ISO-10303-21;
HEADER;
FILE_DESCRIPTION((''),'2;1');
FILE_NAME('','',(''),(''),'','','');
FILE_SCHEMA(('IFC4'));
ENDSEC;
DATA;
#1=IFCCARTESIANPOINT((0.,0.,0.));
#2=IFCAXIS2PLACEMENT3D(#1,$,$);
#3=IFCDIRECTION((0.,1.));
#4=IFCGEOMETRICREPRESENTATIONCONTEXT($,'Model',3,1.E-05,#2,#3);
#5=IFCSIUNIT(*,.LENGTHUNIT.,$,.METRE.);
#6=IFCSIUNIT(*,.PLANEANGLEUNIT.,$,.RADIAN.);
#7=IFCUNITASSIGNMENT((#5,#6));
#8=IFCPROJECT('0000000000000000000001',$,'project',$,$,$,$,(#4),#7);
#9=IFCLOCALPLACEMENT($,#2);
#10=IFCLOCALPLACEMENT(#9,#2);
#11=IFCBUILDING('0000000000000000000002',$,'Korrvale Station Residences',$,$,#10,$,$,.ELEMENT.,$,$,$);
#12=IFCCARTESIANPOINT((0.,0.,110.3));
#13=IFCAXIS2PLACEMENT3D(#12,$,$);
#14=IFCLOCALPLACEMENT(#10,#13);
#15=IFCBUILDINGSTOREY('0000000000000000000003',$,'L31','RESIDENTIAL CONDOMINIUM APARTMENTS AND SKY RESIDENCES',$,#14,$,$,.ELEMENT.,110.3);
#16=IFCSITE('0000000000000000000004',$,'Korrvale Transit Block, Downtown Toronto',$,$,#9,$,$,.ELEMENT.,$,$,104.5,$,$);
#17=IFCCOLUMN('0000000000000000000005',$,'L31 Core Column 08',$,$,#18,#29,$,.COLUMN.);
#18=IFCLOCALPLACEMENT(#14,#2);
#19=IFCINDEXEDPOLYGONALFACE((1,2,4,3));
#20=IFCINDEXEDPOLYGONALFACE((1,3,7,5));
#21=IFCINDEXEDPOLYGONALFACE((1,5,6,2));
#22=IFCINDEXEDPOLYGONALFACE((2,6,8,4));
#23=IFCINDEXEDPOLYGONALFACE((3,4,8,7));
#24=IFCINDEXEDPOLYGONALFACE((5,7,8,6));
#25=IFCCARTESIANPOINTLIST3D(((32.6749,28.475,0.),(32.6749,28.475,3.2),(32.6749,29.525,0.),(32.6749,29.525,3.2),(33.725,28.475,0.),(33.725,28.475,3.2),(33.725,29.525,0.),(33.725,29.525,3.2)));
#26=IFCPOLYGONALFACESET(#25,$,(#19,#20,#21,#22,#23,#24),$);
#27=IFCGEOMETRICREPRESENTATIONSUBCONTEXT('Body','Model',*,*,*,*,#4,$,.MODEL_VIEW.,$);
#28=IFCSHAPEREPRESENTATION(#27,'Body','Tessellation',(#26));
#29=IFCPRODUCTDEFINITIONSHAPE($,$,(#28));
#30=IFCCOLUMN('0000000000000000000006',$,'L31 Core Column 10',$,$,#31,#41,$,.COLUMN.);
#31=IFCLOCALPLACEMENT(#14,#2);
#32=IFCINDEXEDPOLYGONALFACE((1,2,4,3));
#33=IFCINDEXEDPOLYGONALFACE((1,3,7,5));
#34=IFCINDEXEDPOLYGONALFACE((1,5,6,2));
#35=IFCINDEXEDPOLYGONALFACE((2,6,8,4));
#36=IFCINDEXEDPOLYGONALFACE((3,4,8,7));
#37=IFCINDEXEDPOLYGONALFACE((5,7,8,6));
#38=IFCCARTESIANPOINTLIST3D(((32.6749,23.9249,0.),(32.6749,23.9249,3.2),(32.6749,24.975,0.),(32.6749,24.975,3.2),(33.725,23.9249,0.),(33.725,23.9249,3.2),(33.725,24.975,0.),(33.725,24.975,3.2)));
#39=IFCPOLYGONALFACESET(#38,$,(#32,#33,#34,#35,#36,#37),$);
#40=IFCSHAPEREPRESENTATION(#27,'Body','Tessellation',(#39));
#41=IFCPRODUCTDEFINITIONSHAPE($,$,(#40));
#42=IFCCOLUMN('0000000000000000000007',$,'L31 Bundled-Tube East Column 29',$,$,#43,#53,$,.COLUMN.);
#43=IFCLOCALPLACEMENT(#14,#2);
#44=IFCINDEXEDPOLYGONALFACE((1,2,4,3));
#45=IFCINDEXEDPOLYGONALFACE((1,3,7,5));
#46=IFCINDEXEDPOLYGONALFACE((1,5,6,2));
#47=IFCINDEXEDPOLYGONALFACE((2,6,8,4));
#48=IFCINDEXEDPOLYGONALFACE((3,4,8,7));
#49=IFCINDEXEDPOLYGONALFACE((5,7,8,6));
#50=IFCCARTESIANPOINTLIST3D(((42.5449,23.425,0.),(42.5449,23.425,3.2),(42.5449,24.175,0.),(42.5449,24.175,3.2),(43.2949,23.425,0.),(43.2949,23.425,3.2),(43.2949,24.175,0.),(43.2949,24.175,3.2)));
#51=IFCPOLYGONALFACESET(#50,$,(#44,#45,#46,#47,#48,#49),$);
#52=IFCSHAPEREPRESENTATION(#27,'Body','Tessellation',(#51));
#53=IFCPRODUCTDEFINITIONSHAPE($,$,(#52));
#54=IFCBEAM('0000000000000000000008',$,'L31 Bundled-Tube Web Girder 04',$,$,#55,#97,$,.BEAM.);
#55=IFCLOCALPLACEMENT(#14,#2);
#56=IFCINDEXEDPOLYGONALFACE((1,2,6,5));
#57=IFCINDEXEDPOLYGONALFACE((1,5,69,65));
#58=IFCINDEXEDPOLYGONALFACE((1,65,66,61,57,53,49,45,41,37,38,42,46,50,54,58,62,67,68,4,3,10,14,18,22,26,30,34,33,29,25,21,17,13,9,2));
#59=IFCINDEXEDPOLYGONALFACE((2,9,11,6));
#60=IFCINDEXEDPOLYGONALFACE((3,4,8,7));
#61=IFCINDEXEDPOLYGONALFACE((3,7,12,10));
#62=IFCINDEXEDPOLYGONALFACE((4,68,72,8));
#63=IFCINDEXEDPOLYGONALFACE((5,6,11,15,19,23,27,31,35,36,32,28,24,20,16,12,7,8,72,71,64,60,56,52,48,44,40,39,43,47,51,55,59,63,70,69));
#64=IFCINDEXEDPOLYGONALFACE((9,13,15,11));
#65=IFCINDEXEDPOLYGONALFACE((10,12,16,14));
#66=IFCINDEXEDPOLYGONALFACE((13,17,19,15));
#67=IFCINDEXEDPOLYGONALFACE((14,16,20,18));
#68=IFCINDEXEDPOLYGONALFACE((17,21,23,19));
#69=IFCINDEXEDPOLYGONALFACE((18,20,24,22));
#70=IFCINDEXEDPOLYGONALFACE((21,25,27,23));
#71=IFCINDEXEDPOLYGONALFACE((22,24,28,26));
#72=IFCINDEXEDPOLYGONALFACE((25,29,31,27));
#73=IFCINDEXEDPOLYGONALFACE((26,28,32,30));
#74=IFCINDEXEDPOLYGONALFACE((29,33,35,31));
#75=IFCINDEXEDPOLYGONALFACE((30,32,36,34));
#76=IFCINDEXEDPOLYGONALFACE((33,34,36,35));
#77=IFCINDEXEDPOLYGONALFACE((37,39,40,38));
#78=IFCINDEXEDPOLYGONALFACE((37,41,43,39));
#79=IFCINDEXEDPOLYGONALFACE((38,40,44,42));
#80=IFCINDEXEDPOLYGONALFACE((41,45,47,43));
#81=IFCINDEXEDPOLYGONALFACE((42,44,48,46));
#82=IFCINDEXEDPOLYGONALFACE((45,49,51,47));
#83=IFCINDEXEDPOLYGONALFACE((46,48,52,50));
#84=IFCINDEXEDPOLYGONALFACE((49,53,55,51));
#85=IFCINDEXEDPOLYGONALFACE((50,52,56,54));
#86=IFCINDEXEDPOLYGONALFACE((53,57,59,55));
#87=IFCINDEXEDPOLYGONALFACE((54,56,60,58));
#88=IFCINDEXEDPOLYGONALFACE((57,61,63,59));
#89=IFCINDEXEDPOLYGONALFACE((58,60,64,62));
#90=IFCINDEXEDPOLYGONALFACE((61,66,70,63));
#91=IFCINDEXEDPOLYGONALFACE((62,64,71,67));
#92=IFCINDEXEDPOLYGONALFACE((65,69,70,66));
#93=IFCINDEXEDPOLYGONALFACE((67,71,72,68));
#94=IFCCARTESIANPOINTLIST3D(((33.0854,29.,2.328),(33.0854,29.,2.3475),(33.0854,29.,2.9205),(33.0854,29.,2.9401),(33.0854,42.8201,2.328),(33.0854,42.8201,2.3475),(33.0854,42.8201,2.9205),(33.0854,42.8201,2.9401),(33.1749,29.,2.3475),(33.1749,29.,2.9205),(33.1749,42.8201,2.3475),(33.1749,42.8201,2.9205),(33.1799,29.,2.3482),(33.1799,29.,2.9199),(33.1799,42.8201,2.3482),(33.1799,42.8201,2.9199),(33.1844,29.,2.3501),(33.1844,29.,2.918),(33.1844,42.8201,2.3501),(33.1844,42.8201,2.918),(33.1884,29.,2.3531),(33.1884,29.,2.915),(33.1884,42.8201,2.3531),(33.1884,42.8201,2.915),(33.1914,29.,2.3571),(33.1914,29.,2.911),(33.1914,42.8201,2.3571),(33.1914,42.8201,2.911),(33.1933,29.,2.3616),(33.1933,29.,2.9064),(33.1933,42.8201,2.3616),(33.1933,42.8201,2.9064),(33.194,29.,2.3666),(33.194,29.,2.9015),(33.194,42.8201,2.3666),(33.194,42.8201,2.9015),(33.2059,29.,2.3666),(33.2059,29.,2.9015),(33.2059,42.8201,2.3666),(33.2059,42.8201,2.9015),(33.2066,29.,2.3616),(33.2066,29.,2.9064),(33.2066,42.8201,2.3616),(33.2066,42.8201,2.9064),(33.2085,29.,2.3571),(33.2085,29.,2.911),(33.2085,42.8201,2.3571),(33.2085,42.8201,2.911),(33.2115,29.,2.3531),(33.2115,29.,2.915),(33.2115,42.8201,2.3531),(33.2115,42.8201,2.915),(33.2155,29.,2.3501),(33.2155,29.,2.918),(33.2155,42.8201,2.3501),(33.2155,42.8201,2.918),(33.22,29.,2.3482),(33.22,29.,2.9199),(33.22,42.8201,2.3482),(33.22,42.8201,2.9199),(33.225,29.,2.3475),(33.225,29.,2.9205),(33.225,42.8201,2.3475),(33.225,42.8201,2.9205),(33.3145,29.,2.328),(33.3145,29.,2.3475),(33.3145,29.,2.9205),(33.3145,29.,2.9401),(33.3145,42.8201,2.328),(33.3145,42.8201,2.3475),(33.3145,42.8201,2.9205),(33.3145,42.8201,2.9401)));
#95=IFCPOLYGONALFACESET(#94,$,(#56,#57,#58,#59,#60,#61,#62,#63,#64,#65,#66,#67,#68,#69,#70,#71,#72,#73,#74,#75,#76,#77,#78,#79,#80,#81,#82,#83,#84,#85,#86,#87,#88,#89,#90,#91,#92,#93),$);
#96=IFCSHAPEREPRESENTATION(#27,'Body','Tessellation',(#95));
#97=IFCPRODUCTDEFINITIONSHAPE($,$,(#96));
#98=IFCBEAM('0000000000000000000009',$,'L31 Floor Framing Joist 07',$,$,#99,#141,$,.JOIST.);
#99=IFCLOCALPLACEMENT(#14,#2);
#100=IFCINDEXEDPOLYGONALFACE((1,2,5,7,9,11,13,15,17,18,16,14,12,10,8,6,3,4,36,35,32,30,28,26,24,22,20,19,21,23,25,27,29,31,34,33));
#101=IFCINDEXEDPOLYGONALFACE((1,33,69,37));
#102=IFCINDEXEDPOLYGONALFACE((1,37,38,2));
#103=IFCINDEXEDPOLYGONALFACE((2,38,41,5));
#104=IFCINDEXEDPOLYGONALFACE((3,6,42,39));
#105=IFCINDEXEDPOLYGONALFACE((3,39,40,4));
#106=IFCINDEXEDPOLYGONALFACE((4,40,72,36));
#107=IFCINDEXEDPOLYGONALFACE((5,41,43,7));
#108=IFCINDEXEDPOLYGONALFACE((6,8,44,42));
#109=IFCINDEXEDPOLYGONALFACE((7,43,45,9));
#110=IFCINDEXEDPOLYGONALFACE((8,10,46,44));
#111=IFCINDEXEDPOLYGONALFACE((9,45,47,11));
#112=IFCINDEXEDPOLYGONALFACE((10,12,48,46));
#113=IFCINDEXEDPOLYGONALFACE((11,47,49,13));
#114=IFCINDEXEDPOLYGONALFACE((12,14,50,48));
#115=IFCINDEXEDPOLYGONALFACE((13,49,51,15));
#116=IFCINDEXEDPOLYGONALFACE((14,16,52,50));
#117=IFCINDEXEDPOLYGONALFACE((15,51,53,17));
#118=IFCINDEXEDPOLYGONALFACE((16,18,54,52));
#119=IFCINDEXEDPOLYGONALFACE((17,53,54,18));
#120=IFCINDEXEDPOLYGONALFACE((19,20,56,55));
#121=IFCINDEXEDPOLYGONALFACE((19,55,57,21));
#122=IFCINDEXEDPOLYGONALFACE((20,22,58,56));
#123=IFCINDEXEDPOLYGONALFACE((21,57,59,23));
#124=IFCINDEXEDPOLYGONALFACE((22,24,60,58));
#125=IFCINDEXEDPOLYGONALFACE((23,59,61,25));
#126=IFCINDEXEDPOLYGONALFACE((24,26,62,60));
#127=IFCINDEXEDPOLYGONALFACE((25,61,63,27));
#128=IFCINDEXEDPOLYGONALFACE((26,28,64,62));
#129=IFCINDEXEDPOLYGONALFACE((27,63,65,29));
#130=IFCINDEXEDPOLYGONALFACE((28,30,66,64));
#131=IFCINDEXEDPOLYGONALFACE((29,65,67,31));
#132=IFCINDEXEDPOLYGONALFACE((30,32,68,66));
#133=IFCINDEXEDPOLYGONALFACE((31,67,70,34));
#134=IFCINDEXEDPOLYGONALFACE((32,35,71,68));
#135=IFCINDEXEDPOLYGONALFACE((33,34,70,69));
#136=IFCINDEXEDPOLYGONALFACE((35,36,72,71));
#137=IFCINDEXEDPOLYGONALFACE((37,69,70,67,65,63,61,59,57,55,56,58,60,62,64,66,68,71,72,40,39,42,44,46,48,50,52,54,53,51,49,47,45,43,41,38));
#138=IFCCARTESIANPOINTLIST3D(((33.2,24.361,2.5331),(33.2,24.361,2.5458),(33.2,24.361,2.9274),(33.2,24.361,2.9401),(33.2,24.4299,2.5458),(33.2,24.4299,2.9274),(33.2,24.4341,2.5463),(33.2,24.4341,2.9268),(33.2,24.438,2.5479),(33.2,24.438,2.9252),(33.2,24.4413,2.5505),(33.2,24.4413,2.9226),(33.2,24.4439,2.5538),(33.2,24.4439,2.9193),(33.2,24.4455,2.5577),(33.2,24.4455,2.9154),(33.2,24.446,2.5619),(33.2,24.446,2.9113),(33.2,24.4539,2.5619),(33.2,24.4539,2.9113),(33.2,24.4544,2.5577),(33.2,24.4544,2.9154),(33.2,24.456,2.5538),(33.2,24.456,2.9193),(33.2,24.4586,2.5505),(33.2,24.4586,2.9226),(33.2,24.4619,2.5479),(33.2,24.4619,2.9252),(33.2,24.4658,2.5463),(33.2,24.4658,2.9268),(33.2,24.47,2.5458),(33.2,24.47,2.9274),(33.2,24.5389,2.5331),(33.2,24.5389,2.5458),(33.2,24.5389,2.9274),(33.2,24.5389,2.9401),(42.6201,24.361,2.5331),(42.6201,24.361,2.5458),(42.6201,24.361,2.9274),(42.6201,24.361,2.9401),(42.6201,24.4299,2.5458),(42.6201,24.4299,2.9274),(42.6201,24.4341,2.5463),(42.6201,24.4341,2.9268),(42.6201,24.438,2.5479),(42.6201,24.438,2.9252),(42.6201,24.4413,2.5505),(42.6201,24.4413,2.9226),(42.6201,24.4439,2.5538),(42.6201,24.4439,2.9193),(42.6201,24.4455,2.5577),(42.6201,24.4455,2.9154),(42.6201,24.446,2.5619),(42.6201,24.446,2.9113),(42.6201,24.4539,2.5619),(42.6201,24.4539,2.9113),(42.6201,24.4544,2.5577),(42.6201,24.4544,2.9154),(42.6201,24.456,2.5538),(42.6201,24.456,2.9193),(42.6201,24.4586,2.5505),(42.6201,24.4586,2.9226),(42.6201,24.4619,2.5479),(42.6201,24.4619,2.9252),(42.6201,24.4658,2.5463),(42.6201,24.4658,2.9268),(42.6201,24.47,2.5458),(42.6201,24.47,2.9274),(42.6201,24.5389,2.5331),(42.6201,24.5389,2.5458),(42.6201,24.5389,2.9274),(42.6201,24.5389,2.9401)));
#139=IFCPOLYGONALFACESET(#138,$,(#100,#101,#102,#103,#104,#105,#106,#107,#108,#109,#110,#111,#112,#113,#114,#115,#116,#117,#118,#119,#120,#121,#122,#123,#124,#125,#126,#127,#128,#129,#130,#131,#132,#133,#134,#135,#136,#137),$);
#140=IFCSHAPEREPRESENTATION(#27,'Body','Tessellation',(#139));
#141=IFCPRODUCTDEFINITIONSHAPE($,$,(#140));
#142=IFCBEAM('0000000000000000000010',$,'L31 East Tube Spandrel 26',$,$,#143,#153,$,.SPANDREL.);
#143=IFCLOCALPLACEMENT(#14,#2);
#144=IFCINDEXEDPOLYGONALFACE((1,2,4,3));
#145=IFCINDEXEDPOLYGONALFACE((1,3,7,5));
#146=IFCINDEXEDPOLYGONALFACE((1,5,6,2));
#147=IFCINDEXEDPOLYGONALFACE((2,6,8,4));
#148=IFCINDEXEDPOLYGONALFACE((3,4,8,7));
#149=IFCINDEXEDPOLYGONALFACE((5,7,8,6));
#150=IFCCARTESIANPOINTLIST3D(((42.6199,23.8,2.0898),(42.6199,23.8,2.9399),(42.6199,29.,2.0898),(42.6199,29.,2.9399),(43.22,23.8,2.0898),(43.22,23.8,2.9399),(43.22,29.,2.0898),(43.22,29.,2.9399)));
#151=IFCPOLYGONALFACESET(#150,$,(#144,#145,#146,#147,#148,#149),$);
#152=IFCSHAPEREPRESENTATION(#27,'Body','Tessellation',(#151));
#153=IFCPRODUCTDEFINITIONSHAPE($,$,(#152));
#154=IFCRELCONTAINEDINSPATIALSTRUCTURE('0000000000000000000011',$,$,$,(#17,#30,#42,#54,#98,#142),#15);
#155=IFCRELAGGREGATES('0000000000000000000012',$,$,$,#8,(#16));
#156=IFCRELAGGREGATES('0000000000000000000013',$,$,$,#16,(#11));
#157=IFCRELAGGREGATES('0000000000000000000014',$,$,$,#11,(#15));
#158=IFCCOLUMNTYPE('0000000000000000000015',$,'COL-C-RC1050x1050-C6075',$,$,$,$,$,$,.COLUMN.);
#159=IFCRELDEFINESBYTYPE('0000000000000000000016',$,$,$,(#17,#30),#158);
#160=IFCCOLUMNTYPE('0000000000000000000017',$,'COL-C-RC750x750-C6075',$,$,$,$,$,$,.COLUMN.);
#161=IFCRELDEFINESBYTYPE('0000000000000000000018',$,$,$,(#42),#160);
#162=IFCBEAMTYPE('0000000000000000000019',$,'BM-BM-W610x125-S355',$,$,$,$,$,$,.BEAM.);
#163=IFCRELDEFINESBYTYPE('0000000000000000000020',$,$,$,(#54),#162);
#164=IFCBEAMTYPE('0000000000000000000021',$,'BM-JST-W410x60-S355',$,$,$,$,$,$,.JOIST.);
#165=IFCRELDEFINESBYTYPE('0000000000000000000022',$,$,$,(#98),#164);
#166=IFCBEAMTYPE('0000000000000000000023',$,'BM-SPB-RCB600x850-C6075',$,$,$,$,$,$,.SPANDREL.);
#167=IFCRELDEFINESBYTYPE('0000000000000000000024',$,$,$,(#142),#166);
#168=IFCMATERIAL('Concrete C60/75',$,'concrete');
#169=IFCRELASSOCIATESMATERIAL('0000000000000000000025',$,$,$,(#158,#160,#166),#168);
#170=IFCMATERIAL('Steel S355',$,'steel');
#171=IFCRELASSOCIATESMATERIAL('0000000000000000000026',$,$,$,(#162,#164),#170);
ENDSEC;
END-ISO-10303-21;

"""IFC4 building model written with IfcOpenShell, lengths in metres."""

from ifc_helpers import new_model, si_unit, direction, frame, origin, origin_2d, place, context, subcontext, project, spatial, rectangle, i_section, extrude, material, material_profile, profile_set, type_object, element, save


model = new_model("IFC4")

# Units and contexts
model_context = context("Model", 3, precision=1e-05, world=origin(), true_north=direction((0.0, 1.0)))
body_context = subcontext(model_context, "Body", "Model", "MODEL_VIEW")
ifc_project = project(units=[si_unit("LENGTHUNIT", "METRE"), si_unit("PLANEANGLEUNIT", "RADIAN")], contexts=[model_context])

# Site, building, storey
site_placement = place(None, origin())
site = spatial("IfcSite", under=ifc_project, at=site_placement, Name="Korrvale Transit Block, Downtown Toronto", CompositionType="ELEMENT", RefElevation=104.5)
building_placement = place(site_placement, origin())
building = spatial("IfcBuilding", under=site, at=building_placement, Name="Korrvale Station Residences", CompositionType="ELEMENT")
storey_placement = place(building_placement, frame((0.0, 0.0, 110.3)))
storey = spatial("IfcBuildingStorey", under=building, at=storey_placement, Name="L31", Description="RESIDENTIAL CONDOMINIUM APARTMENTS AND SKY RESIDENCES", CompositionType="ELEMENT", Elevation=110.3)

# Columns
ifc_material_1 = material(Name="Concrete C60/75", Category="concrete")
ifc_material_profile_1 = material_profile(ifc_material_1, rectangle(XDim=1.05, YDim=1.05, at=origin_2d()), Name="RC1050x1050")
ifc_profile_set_1 = profile_set([ifc_material_profile_1], Name="Concrete C60/75")
column_type_1 = type_object("IfcColumnType", Name="COL-C-RC1050x1050-C6075", PredefinedType="COLUMN", material=ifc_profile_set_1)
for number, where, z_axis, x_axis, name in (
    (1, (33.2, 29.0, 0.0), (0.0, 0.0, 1.0), (1.0, 0.0, 0.0), "L31 Core Column 08"),
    (2, (33.2, 24.45, 0.0), (0.0, 0.0, 1.0), (1.0, 0.0, 0.0), "L31 Core Column 10"),
):
    element("IfcColumn", number, at=place(storey_placement, frame(where, z_axis=z_axis, x_axis=x_axis)), inside=storey, type_object=column_type_1, Name=name, PredefinedType="COLUMN", context=body_context, shape_type="SweptSolid", body=[
        extrude(rectangle(XDim=1.05, YDim=1.05, at=origin_2d()), origin(), (0.0, 0.0, 1.0), 3.2),
    ])
ifc_material_profile_2 = material_profile(ifc_material_1, rectangle(XDim=0.75, YDim=0.75, at=origin_2d()), Name="RC750x750")
ifc_profile_set_2 = profile_set([ifc_material_profile_2], Name="Concrete C60/75")
column_type_2 = type_object("IfcColumnType", Name="COL-C-RC750x750-C6075", PredefinedType="COLUMN", material=ifc_profile_set_2)
column_placement = place(storey_placement, frame((42.9199, 23.8, 0.0), z_axis=(0.0, 0.0, 1.0), x_axis=(1.0, 0.0, 0.0)))
element("IfcColumn", 3, at=column_placement, inside=storey, type_object=column_type_2, Name="L31 Bundled-Tube East Column 29", PredefinedType="COLUMN", context=body_context, shape_type="SweptSolid", body=[
    extrude(rectangle(XDim=0.75, YDim=0.75, at=origin_2d()), origin(), (0.0, 0.0, 1.0), 3.2),
])

# Beams
ifc_material_2 = material(Name="Steel S355", Category="steel")
ifc_material_profile_3 = material_profile(ifc_material_2, i_section(OverallWidth=0.229, OverallDepth=0.6121, WebThickness=0.012, FlangeThickness=0.0195, FilletRadius=0.019, at=origin_2d()), Name="W610x125")
ifc_profile_set_3 = profile_set([ifc_material_profile_3], Name="Steel S355")
beam_type_1 = type_object("IfcBeamType", Name="BM-BM-W610x125-S355", PredefinedType="BEAM", material=ifc_profile_set_3)
beam_1_placement = place(storey_placement, frame((33.2, 29.0, 2.634), z_axis=(0.0, 1.0, 0.0), x_axis=(-1.0, 0.0, 0.0)))
element("IfcBeam", 4, at=beam_1_placement, inside=storey, type_object=beam_type_1, Name="L31 Bundled-Tube Web Girder 04", PredefinedType="BEAM", context=body_context, shape_type="SweptSolid", body=[
    extrude(i_section(OverallWidth=0.229, OverallDepth=0.6121, WebThickness=0.012, FlangeThickness=0.0195, FilletRadius=0.019, at=origin_2d()), origin(), (0.0, 0.0, 1.0), 13.8201),
])
ifc_material_profile_4 = material_profile(ifc_material_2, i_section(OverallWidth=0.178, OverallDepth=0.407, WebThickness=0.0078, FlangeThickness=0.0127, FilletRadius=0.0161, at=origin_2d()), Name="W410x60")
ifc_profile_set_4 = profile_set([ifc_material_profile_4], Name="Steel S355")
beam_type_2 = type_object("IfcBeamType", Name="BM-JST-W410x60-S355", PredefinedType="JOIST", material=ifc_profile_set_4)
beam_2_placement = place(storey_placement, frame((33.2, 24.45, 2.7366), z_axis=(1.0, 0.0, 0.0), x_axis=(0.0, 1.0, 0.0)))
element("IfcBeam", 5, at=beam_2_placement, inside=storey, type_object=beam_type_2, Name="L31 Floor Framing Joist 07", PredefinedType="JOIST", context=body_context, shape_type="SweptSolid", body=[
    extrude(i_section(OverallWidth=0.178, OverallDepth=0.407, WebThickness=0.0078, FlangeThickness=0.0127, FilletRadius=0.0161, at=origin_2d()), origin(), (0.0, 0.0, 1.0), 9.4202),
])
ifc_material_profile_5 = material_profile(ifc_material_1, rectangle(XDim=0.6001, YDim=0.8501, at=origin_2d()), Name="RCB600x850")
ifc_profile_set_5 = profile_set([ifc_material_profile_5], Name="Concrete C60/75")
beam_type_3 = type_object("IfcBeamType", Name="BM-SPB-RCB600x850-C6075", PredefinedType="SPANDREL", material=ifc_profile_set_5)
beam_3_placement = place(storey_placement, frame((42.9199, 23.8, 2.5149), z_axis=(0.0, 1.0, 0.0), x_axis=(-1.0, 0.0, 0.0)))
element("IfcBeam", 6, at=beam_3_placement, inside=storey, type_object=beam_type_3, Name="L31 East Tube Spandrel 26", PredefinedType="SPANDREL", context=body_context, shape_type="SweptSolid", body=[
    extrude(rectangle(XDim=0.6001, YDim=0.8501, at=origin_2d()), origin(), (0.0, 0.0, 1.0), 5.2),
])

save(model, "model.ifc")
